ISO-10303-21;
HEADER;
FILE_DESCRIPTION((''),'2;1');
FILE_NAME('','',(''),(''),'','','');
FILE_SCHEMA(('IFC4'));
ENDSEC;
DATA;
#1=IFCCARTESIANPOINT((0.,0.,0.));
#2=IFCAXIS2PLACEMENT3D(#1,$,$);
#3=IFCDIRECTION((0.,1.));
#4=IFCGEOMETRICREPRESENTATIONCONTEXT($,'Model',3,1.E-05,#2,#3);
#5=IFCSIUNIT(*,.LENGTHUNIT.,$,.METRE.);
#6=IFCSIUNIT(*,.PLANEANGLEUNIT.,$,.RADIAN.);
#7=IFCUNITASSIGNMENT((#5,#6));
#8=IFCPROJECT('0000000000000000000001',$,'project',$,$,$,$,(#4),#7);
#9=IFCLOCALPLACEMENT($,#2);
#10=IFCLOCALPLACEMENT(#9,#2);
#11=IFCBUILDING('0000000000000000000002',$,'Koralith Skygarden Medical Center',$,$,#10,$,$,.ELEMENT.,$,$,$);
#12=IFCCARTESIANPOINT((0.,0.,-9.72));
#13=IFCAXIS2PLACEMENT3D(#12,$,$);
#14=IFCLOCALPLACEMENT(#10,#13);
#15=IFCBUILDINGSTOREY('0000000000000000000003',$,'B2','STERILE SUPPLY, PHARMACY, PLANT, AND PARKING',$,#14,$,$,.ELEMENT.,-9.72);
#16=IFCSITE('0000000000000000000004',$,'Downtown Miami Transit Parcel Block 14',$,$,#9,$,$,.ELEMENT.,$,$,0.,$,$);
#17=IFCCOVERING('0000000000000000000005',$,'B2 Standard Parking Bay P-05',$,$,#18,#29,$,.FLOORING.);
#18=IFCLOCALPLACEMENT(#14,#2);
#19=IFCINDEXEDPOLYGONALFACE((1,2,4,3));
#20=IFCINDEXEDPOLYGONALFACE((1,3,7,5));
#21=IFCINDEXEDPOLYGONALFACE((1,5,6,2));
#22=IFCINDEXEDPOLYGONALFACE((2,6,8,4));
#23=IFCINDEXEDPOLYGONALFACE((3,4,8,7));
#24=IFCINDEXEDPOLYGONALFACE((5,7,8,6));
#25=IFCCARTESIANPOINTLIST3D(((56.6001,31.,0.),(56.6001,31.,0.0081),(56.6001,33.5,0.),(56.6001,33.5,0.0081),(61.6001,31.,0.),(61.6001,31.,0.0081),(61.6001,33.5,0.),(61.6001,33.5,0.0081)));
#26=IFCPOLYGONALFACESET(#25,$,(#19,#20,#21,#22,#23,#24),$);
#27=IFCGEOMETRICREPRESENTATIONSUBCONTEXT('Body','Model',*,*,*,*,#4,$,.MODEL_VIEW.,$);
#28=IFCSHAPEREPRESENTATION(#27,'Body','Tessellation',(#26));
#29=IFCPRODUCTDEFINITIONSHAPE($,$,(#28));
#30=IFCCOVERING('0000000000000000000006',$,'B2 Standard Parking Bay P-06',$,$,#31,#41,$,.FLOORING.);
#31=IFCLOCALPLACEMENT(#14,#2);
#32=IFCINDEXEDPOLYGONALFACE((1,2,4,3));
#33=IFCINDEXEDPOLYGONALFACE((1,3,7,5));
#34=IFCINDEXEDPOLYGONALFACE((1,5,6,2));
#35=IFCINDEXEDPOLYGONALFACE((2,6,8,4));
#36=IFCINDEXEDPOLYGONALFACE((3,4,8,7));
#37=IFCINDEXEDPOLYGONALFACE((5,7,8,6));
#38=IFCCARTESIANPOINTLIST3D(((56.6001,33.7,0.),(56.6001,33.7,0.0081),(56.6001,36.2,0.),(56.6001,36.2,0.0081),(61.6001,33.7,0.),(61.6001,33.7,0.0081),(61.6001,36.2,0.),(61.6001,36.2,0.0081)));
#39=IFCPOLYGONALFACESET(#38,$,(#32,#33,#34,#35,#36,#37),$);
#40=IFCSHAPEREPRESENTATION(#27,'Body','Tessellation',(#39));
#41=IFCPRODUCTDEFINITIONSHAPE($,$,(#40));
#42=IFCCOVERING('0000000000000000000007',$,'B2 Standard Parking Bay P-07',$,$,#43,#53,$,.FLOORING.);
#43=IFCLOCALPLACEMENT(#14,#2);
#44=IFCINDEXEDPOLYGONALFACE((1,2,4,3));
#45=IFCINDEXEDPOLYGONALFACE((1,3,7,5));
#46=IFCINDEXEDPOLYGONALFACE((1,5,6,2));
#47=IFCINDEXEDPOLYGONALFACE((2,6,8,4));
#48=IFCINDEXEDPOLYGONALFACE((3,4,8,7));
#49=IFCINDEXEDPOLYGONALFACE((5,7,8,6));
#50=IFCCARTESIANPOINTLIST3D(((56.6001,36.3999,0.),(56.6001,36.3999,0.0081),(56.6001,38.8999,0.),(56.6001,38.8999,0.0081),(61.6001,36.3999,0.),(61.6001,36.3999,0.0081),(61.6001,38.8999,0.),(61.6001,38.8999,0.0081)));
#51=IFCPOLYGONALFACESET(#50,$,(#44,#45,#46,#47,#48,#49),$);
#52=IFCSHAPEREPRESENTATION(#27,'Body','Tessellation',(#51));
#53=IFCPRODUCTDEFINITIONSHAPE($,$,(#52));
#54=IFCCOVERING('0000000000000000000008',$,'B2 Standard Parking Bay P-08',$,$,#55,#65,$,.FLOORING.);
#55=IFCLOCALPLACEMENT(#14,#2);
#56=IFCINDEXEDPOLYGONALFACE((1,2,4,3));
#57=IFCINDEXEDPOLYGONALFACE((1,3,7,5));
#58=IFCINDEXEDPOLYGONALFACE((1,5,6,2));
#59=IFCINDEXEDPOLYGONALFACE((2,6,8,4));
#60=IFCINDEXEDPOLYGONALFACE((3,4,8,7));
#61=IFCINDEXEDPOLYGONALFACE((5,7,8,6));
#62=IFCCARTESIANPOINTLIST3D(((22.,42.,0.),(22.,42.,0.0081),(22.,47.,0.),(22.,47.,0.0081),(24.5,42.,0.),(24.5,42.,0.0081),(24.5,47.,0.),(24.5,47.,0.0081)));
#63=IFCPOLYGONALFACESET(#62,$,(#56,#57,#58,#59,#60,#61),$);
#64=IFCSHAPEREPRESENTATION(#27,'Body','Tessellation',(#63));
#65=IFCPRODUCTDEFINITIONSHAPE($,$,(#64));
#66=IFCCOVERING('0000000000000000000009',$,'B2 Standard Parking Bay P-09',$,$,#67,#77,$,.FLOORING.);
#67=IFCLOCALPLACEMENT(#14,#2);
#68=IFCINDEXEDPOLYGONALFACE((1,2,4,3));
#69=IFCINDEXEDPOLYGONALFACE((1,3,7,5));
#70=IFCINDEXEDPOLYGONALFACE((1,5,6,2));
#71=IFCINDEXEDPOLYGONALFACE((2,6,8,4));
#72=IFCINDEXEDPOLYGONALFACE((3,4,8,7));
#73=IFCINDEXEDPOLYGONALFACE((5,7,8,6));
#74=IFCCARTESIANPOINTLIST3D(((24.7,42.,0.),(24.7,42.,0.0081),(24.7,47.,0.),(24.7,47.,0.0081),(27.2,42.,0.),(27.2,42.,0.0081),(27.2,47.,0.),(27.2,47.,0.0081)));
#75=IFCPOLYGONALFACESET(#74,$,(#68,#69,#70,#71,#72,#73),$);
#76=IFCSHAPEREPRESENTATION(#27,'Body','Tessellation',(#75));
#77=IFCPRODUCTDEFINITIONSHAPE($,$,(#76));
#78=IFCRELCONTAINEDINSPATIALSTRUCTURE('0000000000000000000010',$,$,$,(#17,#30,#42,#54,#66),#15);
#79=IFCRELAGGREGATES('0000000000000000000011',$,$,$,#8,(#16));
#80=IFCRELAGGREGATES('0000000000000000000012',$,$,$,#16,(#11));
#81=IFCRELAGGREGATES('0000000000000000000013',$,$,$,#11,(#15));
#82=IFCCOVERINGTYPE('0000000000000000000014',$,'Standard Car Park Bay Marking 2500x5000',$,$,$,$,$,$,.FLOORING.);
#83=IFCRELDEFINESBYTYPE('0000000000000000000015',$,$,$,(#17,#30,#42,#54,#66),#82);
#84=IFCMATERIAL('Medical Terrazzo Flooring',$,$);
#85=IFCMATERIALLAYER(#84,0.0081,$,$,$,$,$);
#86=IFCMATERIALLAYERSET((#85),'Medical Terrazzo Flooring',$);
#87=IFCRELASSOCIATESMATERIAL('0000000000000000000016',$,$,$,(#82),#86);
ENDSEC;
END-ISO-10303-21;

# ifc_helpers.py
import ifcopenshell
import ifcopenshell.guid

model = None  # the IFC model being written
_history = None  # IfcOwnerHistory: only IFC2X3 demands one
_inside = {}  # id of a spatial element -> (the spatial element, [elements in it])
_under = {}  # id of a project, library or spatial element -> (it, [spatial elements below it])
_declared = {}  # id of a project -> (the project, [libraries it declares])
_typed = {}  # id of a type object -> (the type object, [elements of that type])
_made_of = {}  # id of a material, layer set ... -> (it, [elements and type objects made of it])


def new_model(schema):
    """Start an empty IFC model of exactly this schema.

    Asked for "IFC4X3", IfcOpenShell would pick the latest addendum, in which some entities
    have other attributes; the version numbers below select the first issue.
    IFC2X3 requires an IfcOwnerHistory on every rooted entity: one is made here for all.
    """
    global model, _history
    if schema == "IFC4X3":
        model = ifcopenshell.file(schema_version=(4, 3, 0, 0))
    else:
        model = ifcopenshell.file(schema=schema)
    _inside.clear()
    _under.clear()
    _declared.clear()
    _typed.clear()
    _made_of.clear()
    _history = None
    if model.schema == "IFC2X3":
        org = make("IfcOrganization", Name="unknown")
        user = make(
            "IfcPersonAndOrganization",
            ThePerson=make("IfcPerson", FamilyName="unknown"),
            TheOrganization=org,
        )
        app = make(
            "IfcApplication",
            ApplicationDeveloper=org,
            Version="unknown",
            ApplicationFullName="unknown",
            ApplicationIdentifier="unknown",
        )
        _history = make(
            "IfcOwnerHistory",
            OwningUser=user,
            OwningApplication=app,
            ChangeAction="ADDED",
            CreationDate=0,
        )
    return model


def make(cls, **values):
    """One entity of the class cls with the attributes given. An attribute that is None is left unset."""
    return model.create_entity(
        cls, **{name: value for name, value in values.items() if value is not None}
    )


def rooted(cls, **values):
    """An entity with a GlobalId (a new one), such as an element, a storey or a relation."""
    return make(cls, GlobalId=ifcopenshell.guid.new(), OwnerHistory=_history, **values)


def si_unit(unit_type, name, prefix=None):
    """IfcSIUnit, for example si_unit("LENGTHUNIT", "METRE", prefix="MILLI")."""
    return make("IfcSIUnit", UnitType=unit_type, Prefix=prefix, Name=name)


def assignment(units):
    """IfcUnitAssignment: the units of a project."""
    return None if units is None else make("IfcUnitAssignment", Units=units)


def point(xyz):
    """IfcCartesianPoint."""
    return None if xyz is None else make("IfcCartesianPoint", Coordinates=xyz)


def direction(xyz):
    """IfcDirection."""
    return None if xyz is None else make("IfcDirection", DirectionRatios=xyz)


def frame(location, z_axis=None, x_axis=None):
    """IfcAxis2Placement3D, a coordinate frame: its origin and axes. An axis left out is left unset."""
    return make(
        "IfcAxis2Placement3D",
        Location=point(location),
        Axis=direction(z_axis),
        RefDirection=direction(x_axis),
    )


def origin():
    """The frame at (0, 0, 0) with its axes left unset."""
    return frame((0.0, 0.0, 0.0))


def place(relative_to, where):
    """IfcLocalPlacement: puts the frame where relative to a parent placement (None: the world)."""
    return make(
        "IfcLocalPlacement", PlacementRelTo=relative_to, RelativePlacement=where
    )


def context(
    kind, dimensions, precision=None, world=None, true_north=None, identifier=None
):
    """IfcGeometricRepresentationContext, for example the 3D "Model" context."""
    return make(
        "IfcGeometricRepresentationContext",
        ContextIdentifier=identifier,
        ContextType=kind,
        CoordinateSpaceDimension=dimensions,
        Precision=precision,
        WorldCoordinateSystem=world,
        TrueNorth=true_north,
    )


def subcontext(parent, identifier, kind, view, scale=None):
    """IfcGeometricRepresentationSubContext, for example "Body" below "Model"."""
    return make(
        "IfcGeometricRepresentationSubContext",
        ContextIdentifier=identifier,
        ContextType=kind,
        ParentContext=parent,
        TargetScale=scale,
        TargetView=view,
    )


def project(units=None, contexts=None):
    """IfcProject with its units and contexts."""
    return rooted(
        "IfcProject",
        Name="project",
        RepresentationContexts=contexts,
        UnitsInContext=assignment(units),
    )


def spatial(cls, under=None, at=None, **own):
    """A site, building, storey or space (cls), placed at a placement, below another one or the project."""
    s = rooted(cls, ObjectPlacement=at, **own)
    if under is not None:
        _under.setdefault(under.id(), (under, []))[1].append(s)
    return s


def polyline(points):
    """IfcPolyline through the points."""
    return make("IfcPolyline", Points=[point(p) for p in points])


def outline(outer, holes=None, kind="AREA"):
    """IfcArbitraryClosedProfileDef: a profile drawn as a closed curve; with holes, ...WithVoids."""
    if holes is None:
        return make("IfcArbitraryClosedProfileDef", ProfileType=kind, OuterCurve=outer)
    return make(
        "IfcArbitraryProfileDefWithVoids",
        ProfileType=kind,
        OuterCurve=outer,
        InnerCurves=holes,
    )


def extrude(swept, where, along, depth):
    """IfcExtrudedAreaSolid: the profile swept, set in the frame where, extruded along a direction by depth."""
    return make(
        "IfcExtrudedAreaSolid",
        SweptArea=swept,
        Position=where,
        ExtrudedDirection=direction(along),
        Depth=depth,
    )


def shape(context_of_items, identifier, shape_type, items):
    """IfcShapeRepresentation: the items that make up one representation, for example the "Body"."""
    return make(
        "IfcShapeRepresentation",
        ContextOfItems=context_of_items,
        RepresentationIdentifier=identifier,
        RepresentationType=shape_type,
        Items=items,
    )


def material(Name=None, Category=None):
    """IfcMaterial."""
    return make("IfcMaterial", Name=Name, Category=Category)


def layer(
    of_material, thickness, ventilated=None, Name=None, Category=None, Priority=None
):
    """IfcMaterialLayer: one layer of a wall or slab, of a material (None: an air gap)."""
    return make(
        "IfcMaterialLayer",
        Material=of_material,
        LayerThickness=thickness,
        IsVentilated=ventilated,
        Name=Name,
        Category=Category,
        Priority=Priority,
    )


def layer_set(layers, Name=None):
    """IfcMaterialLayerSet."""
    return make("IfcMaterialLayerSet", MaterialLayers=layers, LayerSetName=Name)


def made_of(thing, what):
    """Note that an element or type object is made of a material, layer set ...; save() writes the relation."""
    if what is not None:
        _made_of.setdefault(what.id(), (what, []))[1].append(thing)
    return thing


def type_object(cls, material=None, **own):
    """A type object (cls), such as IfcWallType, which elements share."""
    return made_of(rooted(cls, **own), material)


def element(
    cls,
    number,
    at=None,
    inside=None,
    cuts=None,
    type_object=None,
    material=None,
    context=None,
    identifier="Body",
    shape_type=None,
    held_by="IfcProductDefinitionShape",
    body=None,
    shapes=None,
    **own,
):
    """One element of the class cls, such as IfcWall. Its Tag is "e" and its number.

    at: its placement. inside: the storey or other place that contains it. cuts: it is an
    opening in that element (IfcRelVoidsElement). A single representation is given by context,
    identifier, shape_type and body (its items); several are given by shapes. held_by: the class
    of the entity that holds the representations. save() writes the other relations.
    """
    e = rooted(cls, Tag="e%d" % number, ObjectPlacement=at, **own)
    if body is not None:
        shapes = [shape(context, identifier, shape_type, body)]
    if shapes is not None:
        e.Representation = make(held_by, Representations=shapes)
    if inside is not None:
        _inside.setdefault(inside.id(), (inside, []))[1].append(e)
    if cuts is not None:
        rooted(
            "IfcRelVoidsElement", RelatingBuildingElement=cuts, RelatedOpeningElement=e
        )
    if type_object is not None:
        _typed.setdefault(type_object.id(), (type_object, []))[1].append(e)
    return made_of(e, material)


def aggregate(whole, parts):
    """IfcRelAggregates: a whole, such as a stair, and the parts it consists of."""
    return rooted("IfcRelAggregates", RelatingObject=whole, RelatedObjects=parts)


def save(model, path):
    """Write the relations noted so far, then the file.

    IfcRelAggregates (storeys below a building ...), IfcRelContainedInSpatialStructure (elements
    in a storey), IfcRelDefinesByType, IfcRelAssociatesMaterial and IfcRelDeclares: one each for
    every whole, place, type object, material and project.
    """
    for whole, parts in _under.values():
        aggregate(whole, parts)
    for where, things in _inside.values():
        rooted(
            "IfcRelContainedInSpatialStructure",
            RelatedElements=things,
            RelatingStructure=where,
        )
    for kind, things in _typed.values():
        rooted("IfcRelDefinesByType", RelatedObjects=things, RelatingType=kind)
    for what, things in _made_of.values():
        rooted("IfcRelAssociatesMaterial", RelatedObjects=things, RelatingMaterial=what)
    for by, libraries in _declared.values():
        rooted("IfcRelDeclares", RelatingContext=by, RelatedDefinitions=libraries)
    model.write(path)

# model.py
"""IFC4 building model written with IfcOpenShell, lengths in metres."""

from ifc_helpers import new_model, si_unit, direction, frame, origin, place, context, subcontext, project, spatial, polyline, outline, extrude, material, layer, layer_set, type_object, element, save


model = new_model("IFC4")

# Units and contexts
model_context = context("Model", 3, precision=1e-05, world=origin(), true_north=direction((0.0, 1.0)))
body_context = subcontext(model_context, "Body", "Model", "MODEL_VIEW")
ifc_project = project(units=[si_unit("LENGTHUNIT", "METRE"), si_unit("PLANEANGLEUNIT", "RADIAN")], contexts=[model_context])

# Site, building, storey
site_placement = place(None, origin())
site = spatial("IfcSite", under=ifc_project, at=site_placement, Name="Downtown Miami Transit Parcel Block 14", CompositionType="ELEMENT", RefElevation=0.0)
building_placement = place(site_placement, origin())
building = spatial("IfcBuilding", under=site, at=building_placement, Name="Koralith Skygarden Medical Center", CompositionType="ELEMENT")
storey_placement = place(building_placement, frame((0.0, 0.0, -9.72)))
storey = spatial("IfcBuildingStorey", under=building, at=storey_placement, Name="B2", Description="STERILE SUPPLY, PHARMACY, PLANT, AND PARKING", CompositionType="ELEMENT", Elevation=-9.72)

# Coverings
ifc_material_1 = material(Name="Medical Terrazzo Flooring")
ifc_layer_1 = layer(ifc_material_1, 0.0081)
ifc_layer_set_1 = layer_set([ifc_layer_1], Name="Medical Terrazzo Flooring")
covering_type = type_object("IfcCoveringType", Name="Standard Car Park Bay Marking 2500x5000", PredefinedType="FLOORING", material=ifc_layer_set_1)
covering_1_placement = place(storey_placement, origin())
element("IfcCovering", 1, at=covering_1_placement, inside=storey, type_object=covering_type, Name="B2 Standard Parking Bay P-05", PredefinedType="FLOORING", context=body_context, shape_type="SweptSolid", body=[
    extrude(outline(polyline([(56.6001, 31.0), (61.6001, 31.0), (61.6001, 33.5), (56.6001, 33.5), (56.6001, 31.0)])), origin(), (0.0, 0.0, 1.0), 0.0081),
])
covering_2_placement = place(storey_placement, origin())
element("IfcCovering", 2, at=covering_2_placement, inside=storey, type_object=covering_type, Name="B2 Standard Parking Bay P-06", PredefinedType="FLOORING", context=body_context, shape_type="SweptSolid", body=[
    extrude(outline(polyline([(56.6001, 33.7), (61.6001, 33.7), (61.6001, 36.2), (56.6001, 36.2), (56.6001, 33.7)])), origin(), (0.0, 0.0, 1.0), 0.0081),
])
covering_3_placement = place(storey_placement, origin())
element("IfcCovering", 3, at=covering_3_placement, inside=storey, type_object=covering_type, Name="B2 Standard Parking Bay P-07", PredefinedType="FLOORING", context=body_context, shape_type="SweptSolid", body=[
    extrude(outline(polyline([(56.6001, 36.3999), (61.6001, 36.3999), (61.6001, 38.8999), (56.6001, 38.8999), (56.6001, 36.3999)])), origin(), (0.0, 0.0, 1.0), 0.0081),
])
covering_4_placement = place(storey_placement, origin())
element("IfcCovering", 4, at=covering_4_placement, inside=storey, type_object=covering_type, Name="B2 Standard Parking Bay P-08", PredefinedType="FLOORING", context=body_context, shape_type="SweptSolid", body=[
    extrude(outline(polyline([(22.0, 42.0), (24.5, 42.0), (24.5, 47.0), (22.0, 47.0), (22.0, 42.0)])), origin(), (0.0, 0.0, 1.0), 0.0081),
])
covering_5_placement = place(storey_placement, origin())
element("IfcCovering", 5, at=covering_5_placement, inside=storey, type_object=covering_type, Name="B2 Standard Parking Bay P-09", PredefinedType="FLOORING", context=body_context, shape_type="SweptSolid", body=[
    extrude(outline(polyline([(24.7, 42.0), (27.2, 42.0), (27.2, 47.0), (24.7, 47.0), (24.7, 42.0)])), origin(), (0.0, 0.0, 1.0), 0.0081),
])

save(model, "model.ifc")
